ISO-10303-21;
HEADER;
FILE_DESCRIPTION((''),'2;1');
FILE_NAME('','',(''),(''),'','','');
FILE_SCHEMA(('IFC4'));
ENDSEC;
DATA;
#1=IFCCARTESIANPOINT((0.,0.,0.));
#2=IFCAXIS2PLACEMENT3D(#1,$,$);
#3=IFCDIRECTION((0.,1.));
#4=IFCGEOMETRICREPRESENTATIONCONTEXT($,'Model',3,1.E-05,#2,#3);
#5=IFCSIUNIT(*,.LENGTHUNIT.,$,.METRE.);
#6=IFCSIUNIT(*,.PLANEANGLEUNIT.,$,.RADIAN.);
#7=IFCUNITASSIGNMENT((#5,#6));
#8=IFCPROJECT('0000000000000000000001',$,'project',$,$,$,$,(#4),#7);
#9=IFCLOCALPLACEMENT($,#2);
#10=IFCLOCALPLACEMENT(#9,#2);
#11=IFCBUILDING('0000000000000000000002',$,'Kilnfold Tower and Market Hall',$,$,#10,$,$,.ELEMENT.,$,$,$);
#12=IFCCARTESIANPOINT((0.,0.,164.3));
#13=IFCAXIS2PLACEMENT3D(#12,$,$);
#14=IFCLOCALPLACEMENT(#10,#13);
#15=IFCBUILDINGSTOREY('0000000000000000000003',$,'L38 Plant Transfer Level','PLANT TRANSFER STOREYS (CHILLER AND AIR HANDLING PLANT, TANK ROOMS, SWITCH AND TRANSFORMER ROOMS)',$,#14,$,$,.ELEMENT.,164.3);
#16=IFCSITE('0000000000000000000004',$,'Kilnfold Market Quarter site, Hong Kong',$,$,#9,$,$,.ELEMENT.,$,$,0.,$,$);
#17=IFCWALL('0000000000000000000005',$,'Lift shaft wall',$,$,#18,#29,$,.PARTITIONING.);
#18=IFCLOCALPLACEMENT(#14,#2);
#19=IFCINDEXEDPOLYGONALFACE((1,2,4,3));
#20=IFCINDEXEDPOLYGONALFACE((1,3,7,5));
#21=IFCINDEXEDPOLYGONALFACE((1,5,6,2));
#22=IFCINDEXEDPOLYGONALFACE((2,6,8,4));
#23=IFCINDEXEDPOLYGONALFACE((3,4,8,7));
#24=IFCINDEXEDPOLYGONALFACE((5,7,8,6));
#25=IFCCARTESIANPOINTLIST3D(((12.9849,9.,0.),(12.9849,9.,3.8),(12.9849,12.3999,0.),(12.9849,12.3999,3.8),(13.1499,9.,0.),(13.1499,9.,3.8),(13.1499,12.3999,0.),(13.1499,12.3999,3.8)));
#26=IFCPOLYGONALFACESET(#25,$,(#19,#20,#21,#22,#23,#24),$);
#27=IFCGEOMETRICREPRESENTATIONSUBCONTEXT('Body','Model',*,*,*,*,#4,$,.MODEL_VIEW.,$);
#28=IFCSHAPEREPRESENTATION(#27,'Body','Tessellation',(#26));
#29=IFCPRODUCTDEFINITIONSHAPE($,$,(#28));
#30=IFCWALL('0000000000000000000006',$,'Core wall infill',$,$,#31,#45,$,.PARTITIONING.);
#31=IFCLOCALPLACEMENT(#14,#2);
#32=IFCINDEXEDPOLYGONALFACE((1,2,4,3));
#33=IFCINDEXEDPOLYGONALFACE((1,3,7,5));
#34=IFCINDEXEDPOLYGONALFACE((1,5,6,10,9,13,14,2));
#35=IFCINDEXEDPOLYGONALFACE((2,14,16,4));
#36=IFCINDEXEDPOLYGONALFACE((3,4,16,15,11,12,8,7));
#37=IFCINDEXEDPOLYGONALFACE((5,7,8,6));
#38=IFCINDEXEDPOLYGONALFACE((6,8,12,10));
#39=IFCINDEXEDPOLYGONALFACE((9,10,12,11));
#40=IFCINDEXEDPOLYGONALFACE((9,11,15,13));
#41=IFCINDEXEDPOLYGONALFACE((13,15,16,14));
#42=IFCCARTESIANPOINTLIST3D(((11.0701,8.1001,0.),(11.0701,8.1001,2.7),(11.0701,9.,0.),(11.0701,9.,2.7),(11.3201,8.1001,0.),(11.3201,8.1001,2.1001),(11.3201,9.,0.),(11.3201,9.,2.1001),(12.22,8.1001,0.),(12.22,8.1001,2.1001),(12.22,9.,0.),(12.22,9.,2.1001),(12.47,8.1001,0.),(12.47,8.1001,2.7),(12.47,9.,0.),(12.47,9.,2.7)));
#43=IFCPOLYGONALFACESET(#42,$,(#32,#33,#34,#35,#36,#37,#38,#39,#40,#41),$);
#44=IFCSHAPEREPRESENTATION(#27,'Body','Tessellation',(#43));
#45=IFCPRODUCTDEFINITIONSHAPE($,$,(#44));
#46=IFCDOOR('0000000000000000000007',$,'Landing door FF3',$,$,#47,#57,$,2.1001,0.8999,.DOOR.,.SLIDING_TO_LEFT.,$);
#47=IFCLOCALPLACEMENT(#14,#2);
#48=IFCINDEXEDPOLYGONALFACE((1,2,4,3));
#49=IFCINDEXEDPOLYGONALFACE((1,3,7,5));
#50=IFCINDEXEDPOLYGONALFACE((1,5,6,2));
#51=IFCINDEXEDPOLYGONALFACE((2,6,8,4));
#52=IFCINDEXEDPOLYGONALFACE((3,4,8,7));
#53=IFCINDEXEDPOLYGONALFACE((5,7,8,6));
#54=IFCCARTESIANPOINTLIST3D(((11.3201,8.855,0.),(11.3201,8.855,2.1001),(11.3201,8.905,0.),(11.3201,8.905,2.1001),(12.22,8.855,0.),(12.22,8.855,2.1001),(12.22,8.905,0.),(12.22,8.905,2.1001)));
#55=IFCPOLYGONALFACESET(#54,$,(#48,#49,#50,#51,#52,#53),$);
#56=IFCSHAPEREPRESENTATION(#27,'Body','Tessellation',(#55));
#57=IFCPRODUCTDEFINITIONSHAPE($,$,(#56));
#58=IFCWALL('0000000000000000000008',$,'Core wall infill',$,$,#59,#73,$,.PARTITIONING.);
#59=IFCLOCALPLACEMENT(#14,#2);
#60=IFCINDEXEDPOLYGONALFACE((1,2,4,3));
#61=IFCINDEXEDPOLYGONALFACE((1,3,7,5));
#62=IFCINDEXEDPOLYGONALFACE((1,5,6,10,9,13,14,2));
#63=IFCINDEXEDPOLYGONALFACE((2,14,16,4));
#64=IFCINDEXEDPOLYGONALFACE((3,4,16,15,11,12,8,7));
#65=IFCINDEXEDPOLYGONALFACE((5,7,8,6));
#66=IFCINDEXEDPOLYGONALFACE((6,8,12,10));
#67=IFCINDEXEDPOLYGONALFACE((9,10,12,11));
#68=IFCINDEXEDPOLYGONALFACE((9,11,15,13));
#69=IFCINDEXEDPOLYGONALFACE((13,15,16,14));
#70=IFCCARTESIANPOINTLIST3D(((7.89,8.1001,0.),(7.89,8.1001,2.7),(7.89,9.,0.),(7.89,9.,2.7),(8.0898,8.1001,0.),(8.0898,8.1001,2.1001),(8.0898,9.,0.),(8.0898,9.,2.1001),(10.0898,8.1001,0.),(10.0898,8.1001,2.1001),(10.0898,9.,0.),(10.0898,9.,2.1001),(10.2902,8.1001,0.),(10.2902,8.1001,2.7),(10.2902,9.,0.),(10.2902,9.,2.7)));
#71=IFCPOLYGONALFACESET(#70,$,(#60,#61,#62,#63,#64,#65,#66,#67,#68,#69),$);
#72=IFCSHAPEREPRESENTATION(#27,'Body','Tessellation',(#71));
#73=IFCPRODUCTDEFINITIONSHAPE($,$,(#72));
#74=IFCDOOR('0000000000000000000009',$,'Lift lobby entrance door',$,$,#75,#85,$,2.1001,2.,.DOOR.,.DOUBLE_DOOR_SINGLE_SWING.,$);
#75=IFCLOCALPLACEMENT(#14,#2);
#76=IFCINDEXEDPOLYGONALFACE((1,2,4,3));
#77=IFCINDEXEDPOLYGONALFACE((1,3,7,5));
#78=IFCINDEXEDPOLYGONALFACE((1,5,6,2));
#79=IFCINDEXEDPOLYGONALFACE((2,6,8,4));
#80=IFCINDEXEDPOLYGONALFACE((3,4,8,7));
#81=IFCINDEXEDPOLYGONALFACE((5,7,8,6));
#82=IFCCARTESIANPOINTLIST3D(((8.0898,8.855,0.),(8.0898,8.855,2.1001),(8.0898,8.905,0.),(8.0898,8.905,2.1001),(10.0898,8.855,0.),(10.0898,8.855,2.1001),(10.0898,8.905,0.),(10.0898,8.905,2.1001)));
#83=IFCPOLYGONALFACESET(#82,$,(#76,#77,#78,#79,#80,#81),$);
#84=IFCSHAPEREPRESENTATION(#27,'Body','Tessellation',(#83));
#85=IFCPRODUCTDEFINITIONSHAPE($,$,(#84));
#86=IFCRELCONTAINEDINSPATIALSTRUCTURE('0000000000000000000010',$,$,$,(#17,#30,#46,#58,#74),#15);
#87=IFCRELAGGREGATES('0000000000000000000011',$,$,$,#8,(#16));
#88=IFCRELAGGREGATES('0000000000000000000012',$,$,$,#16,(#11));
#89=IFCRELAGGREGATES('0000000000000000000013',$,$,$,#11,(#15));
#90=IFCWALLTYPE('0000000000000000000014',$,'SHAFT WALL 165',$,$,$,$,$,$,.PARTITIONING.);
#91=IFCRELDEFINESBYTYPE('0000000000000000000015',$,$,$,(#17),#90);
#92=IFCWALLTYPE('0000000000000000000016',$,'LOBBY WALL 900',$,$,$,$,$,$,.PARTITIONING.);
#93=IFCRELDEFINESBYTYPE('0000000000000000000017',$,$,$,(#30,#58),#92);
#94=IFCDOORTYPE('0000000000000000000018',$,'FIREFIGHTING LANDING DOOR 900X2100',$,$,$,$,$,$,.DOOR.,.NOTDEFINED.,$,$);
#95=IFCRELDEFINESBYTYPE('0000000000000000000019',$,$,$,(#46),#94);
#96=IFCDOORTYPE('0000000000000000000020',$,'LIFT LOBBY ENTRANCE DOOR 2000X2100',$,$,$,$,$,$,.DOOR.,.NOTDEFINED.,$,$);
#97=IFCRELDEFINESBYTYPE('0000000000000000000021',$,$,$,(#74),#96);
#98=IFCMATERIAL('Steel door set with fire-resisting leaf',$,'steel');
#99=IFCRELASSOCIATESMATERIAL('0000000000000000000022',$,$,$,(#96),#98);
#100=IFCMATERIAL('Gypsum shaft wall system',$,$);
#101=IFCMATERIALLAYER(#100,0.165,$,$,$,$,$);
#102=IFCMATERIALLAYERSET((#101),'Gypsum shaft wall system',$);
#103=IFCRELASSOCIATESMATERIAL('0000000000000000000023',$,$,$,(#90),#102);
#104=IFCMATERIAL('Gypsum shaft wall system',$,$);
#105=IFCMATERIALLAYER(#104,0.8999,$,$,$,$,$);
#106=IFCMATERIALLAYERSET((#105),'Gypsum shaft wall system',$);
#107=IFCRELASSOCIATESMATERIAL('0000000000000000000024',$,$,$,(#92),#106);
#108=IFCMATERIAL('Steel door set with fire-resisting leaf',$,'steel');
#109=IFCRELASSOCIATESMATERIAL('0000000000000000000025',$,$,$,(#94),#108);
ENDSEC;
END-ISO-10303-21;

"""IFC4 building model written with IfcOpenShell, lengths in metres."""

from ifc_helpers import new_model, si_unit, direction, frame, frame_2d, origin, place, context, subcontext, project, spatial, rectangle, extrude, source, transform, mapped, material, layer, layer_set, type_object, element, fill, save


model = new_model("IFC4")

# Units and contexts
model_context = context("Model", 3, precision=1e-05, world=origin(), true_north=direction((0.0, 1.0)))
body_context = subcontext(model_context, "Body", "Model", "MODEL_VIEW")
ifc_project = project(units=[si_unit("LENGTHUNIT", "METRE"), si_unit("PLANEANGLEUNIT", "RADIAN")], contexts=[model_context])

# Site, building, storey
site_placement = place(None, origin())
site = spatial("IfcSite", under=ifc_project, at=site_placement, Name="Kilnfold Market Quarter site, Hong Kong", CompositionType="ELEMENT", RefElevation=0.0)
building_placement = place(site_placement, origin())
building = spatial("IfcBuilding", under=site, at=building_placement, Name="Kilnfold Tower and Market Hall", CompositionType="ELEMENT")
storey_placement = place(building_placement, frame((0.0, 0.0, 164.3)))
storey = spatial("IfcBuildingStorey", under=building, at=storey_placement, Name="L38 Plant Transfer Level", Description="PLANT TRANSFER STOREYS (CHILLER AND AIR HANDLING PLANT, TANK ROOMS, SWITCH AND TRANSFORMER ROOMS)", CompositionType="ELEMENT", Elevation=164.3)

# Shared definitions
ifc_material_1 = material(Name="Steel door set with fire-resisting leaf", Category="steel")
door_type_1 = type_object("IfcDoorType", Name="LIFT LOBBY ENTRANCE DOOR 2000X2100", OperationType="NOTDEFINED", PredefinedType="DOOR", material=ifc_material_1)

# Wall
ifc_material_2 = material(Name="Gypsum shaft wall system")
ifc_layer_1 = layer(ifc_material_2, 0.165)
ifc_layer_set_1 = layer_set([ifc_layer_1], Name="Gypsum shaft wall system")
wall_type_1 = type_object("IfcWallType", Name="SHAFT WALL 165", PredefinedType="PARTITIONING", material=ifc_layer_set_1)
shared_shape_1 = source(origin(), body_context, "Body", "SweptSolid", [
    extrude(rectangle(XDim=3.3999, YDim=0.165, at=frame_2d((1.7, 0.0))), origin(), (0.0, 0.0, 1.0), 3.8),
])
wall_1_placement = place(storey_placement, frame((13.0674, 9.0, 0.0), z_axis=(0.0, 0.0, 1.0), x_axis=(0.0, 1.0, 0.0)))
element("IfcWall", 1, at=wall_1_placement, inside=storey, type_object=wall_type_1, Name="Lift shaft wall", PredefinedType="PARTITIONING", context=body_context, shape_type="MappedRepresentation", body=[
    mapped(shared_shape_1, transform((0.0, 0.0, 0.0))),
])

# Walls, openings, doors
ifc_material_3 = material(Name="Gypsum shaft wall system")
ifc_layer_2 = layer(ifc_material_3, 0.8999)
ifc_layer_set_2 = layer_set([ifc_layer_2], Name="Gypsum shaft wall system")
wall_type_2 = type_object("IfcWallType", Name="LOBBY WALL 900", PredefinedType="PARTITIONING", material=ifc_layer_set_2)
shared_shape_2 = source(origin(), body_context, "Body", "SweptSolid", [
    extrude(rectangle(XDim=1.3999, YDim=0.8999, at=frame_2d((0.7, 0.0))), origin(), (0.0, 0.0, 1.0), 2.7),
])
wall_2_placement = place(storey_placement, frame((11.0701, 8.55, 0.0), z_axis=(0.0, 0.0, 1.0), x_axis=(1.0, 0.0, 0.0)))
wall_2 = element("IfcWall", 2, at=wall_2_placement, inside=storey, type_object=wall_type_2, Name="Core wall infill", PredefinedType="PARTITIONING", context=body_context, shape_type="MappedRepresentation", body=[
    mapped(shared_shape_2, transform((0.0, 0.0, 0.0))),
])
opening_1_placement = place(wall_2_placement, frame((0.25, 0.0, 0.0)))
opening_1 = element("IfcOpeningElement", 3, at=opening_1_placement, cuts=wall_2, PredefinedType="OPENING", context=body_context, shape_type="SweptSolid", body=[
    extrude(rectangle(XDim=0.8999, YDim=2.1001, at=frame_2d((0.45, 1.05))), frame((0.0, 0.46, 0.0), z_axis=(0.0, -1.0, 0.0), x_axis=(1.0, 0.0, 0.0)), (0.0, 0.0, 1.0), 0.9199),
])
ifc_material_4 = material(Name="Steel door set with fire-resisting leaf", Category="steel")
door_type_2 = type_object("IfcDoorType", Name="FIREFIGHTING LANDING DOOR 900X2100", OperationType="NOTDEFINED", PredefinedType="DOOR", material=ifc_material_4)
door_1_placement = place(opening_1_placement, origin())
door_1 = element("IfcDoor", 4, at=door_1_placement, inside=storey, type_object=door_type_2, Name="Landing door FF3", OperationType="SLIDING_TO_LEFT", OverallHeight=2.1001, OverallWidth=0.8999, PredefinedType="DOOR", context=body_context, shape_type="SweptSolid", body=[
    extrude(rectangle(XDim=0.8999, YDim=2.1001, at=frame_2d((0.45, 1.05))), frame((0.0, 0.355, 0.0), z_axis=(0.0, -1.0, 0.0), x_axis=(1.0, 0.0, 0.0)), (0.0, 0.0, 1.0), 0.05),
])
fill(opening_1, door_1)
shared_shape_3 = source(origin(), body_context, "Body", "SweptSolid", [
    extrude(rectangle(XDim=2.4001, YDim=0.8999, at=frame_2d((1.2002, 0.0))), origin(), (0.0, 0.0, 1.0), 2.7),
])
wall_3_placement = place(storey_placement, frame((7.8899, 8.55, 0.0), z_axis=(0.0, 0.0, 1.0), x_axis=(1.0, 0.0, 0.0)))
wall_3 = element("IfcWall", 5, at=wall_3_placement, inside=storey, type_object=wall_type_2, Name="Core wall infill", PredefinedType="PARTITIONING", context=body_context, shape_type="MappedRepresentation", body=[
    mapped(shared_shape_3, transform((0.0, 0.0, 0.0))),
])
opening_2_placement = place(wall_3_placement, frame((0.2, 0.0, 0.0)))
opening_2 = element("IfcOpeningElement", 6, at=opening_2_placement, cuts=wall_3, PredefinedType="OPENING", context=body_context, shape_type="SweptSolid", body=[
    extrude(rectangle(XDim=2.0, YDim=2.1001, at=frame_2d((1.0, 1.05))), frame((0.0, 0.46, 0.0), z_axis=(0.0, -1.0, 0.0), x_axis=(1.0, 0.0, 0.0)), (0.0, 0.0, 1.0), 0.9199),
])
door_2_placement = place(opening_2_placement, origin())
door_2 = element("IfcDoor", 7, at=door_2_placement, inside=storey, type_object=door_type_1, Name="Lift lobby entrance door", OperationType="DOUBLE_DOOR_SINGLE_SWING", OverallHeight=2.1001, OverallWidth=2.0, PredefinedType="DOOR", context=body_context, shape_type="SweptSolid", body=[
    extrude(rectangle(XDim=2.0, YDim=2.1001, at=frame_2d((1.0, 1.05))), frame((0.0, 0.355, 0.0), z_axis=(0.0, -1.0, 0.0), x_axis=(1.0, 0.0, 0.0)), (0.0, 0.0, 1.0), 0.05),
])
fill(opening_2, door_2)

save(model, "model.ifc")
